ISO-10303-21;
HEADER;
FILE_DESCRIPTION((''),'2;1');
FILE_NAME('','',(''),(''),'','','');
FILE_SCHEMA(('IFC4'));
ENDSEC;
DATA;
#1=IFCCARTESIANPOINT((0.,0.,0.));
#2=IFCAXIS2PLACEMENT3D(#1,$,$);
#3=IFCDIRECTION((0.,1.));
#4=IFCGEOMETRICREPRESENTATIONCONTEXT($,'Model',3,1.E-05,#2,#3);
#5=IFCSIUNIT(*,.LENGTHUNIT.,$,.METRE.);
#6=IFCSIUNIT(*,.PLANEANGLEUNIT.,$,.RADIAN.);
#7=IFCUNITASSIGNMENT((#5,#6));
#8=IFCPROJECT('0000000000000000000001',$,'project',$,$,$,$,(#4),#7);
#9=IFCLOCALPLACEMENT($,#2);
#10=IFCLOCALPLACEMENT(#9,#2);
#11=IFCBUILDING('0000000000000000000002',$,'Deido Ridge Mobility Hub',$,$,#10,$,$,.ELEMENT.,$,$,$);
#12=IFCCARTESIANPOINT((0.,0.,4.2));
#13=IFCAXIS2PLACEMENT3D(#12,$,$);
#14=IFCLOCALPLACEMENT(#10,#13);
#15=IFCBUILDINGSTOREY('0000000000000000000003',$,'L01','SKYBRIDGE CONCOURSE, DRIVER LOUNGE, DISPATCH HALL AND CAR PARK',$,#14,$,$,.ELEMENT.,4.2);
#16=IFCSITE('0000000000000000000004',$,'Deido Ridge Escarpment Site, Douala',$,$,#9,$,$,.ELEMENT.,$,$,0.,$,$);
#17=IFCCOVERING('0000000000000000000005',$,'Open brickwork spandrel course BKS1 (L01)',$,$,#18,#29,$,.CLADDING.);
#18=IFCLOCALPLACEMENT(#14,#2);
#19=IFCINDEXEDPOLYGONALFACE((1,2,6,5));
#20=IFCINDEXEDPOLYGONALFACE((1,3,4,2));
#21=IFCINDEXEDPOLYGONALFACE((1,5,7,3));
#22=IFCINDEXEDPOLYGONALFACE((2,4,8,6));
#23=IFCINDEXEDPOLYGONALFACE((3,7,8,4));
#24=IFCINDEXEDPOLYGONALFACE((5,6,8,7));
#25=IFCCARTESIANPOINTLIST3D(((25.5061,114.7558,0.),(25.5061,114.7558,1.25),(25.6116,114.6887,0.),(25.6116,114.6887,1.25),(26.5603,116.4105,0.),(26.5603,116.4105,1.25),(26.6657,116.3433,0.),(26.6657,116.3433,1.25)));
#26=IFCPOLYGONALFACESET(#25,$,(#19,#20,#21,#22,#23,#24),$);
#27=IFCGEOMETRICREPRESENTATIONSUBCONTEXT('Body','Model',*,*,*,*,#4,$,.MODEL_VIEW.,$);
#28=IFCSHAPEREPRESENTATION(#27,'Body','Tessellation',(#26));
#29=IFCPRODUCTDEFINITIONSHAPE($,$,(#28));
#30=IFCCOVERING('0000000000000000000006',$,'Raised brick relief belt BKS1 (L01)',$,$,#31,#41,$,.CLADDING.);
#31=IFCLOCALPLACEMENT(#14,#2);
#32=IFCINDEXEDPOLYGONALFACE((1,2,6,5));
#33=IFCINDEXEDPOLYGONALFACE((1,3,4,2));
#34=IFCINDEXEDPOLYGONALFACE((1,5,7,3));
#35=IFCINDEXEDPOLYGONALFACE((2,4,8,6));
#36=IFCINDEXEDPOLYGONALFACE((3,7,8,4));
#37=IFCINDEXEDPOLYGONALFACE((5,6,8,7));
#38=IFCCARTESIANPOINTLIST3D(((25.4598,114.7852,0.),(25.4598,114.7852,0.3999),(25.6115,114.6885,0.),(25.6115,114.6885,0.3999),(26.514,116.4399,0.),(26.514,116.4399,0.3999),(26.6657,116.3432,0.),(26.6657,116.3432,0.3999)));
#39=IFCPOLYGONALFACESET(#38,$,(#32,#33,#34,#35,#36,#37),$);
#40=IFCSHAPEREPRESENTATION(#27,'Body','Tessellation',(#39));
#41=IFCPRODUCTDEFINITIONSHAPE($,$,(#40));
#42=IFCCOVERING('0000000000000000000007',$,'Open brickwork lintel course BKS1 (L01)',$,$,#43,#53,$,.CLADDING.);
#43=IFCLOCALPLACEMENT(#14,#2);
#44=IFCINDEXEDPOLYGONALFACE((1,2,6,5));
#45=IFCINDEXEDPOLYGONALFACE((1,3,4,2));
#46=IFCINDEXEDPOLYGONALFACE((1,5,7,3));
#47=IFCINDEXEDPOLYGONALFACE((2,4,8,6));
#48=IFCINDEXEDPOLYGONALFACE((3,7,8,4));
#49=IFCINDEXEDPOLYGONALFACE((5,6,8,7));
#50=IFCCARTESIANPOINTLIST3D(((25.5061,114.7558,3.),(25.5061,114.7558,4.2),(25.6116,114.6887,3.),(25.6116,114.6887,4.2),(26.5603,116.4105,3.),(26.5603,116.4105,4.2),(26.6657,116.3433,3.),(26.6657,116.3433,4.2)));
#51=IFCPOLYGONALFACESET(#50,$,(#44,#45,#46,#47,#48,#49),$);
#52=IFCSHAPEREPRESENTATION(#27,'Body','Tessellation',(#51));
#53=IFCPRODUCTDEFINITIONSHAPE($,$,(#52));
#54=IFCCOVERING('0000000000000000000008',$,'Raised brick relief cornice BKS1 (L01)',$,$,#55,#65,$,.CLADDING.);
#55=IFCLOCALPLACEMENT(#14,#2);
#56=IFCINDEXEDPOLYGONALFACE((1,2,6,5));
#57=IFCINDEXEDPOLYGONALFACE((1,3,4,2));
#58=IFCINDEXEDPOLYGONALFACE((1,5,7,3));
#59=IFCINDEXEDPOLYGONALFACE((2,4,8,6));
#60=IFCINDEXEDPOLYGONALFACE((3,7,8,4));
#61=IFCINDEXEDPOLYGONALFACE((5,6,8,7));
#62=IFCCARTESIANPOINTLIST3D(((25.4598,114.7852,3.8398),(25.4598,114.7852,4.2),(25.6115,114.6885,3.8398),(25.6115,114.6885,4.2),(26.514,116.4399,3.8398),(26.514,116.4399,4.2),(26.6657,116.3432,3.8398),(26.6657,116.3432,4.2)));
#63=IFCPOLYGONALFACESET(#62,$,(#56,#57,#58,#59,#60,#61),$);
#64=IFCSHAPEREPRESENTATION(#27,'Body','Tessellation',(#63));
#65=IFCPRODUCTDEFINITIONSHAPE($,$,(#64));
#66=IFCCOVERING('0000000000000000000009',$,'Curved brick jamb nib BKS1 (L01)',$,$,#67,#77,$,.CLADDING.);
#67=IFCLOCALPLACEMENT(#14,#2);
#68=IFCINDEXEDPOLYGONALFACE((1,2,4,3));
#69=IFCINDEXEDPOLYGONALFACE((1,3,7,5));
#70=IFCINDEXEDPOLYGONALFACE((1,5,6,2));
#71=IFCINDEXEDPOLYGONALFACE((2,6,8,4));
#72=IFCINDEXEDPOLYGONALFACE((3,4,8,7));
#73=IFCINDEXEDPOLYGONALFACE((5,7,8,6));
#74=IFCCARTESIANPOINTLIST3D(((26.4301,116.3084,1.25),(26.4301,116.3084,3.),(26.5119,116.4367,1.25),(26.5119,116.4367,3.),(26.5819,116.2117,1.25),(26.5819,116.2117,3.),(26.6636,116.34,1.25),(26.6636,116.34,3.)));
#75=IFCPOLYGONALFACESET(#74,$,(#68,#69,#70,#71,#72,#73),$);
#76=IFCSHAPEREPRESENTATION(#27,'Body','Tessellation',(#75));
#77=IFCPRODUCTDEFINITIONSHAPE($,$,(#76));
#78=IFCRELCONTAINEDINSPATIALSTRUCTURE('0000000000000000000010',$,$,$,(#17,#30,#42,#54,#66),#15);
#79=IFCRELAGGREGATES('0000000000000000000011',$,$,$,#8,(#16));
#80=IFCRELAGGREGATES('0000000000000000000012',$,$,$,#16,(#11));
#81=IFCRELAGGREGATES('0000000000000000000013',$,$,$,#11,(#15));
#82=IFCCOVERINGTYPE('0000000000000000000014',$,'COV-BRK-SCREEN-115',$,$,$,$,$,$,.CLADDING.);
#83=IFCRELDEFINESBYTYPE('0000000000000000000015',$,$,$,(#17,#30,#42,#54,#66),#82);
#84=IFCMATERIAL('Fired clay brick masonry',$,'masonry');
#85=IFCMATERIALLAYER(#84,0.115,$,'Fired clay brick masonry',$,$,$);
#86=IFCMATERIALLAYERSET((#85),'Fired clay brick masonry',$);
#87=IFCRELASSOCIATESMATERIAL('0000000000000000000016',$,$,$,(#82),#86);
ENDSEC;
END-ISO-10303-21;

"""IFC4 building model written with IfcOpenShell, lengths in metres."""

from ifc_helpers import new_model, si_unit, direction, frame, origin, origin_2d, place, context, subcontext, project, spatial, rectangle, extrude, material, layer, layer_set, type_object, element, save


model = new_model("IFC4")

# Units and contexts
model_context = context("Model", 3, precision=1e-05, world=origin(), true_north=direction((0.0, 1.0)))
body_context = subcontext(model_context, "Body", "Model", "MODEL_VIEW")
ifc_project = project(units=[si_unit("LENGTHUNIT", "METRE"), si_unit("PLANEANGLEUNIT", "RADIAN")], contexts=[model_context])

# Site, building, storey
site_placement = place(None, origin())
site = spatial("IfcSite", under=ifc_project, at=site_placement, Name="Deido Ridge Escarpment Site, Douala", CompositionType="ELEMENT", RefElevation=0.0)
building_placement = place(site_placement, origin())
building = spatial("IfcBuilding", under=site, at=building_placement, Name="Deido Ridge Mobility Hub", CompositionType="ELEMENT")
storey_placement = place(building_placement, frame((0.0, 0.0, 4.2)))
storey = spatial("IfcBuildingStorey", under=building, at=storey_placement, Name="L01", Description="SKYBRIDGE CONCOURSE, DRIVER LOUNGE, DISPATCH HALL AND CAR PARK", CompositionType="ELEMENT", Elevation=4.2)

# Coverings
ifc_material_1 = material(Name="Fired clay brick masonry", Category="masonry")
ifc_layer = layer(ifc_material_1, 0.115, Name="Fired clay brick masonry")
ifc_layer_set = layer_set([ifc_layer], Name="Fired clay brick masonry")
covering_type = type_object("IfcCoveringType", Name="COV-BRK-SCREEN-115", PredefinedType="CLADDING", material=ifc_layer_set)
covering_1_placement = place(storey_placement, frame((26.0859, 115.5496, 0.0), z_axis=(0.0, 0.0, 1.0), x_axis=(-0.537314, -0.843382, 0.0)))
element("IfcCovering", 1, at=covering_1_placement, inside=storey, type_object=covering_type, Name="Open brickwork spandrel course BKS1 (L01)", PredefinedType="CLADDING", context=body_context, shape_type="SweptSolid", body=[
    extrude(rectangle(XDim=1.9619, YDim=0.125, at=origin_2d()), origin(), (0.0, 0.0, 1.0), 1.25),
])
covering_2_placement = place(storey_placement, frame((26.0627, 115.5642, 0.0), z_axis=(0.0, 0.0, 1.0), x_axis=(-0.537314, -0.843382, 0.0)))
element("IfcCovering", 2, at=covering_2_placement, inside=storey, type_object=covering_type, Name="Raised brick relief belt BKS1 (L01)", PredefinedType="CLADDING", context=body_context, shape_type="SweptSolid", body=[
    extrude(rectangle(XDim=1.9619, YDim=0.1799, at=origin_2d()), origin(), (0.0, 0.0, 1.0), 0.3999),
])
covering_3_placement = place(storey_placement, frame((26.0859, 115.5496, 3.0), z_axis=(0.0, 0.0, 1.0), x_axis=(-0.537314, -0.843382, 0.0)))
element("IfcCovering", 3, at=covering_3_placement, inside=storey, type_object=covering_type, Name="Open brickwork lintel course BKS1 (L01)", PredefinedType="CLADDING", context=body_context, shape_type="SweptSolid", body=[
    extrude(rectangle(XDim=1.9619, YDim=0.125, at=origin_2d()), origin(), (0.0, 0.0, 1.0), 1.2),
])
covering_4_placement = place(storey_placement, frame((26.0627, 115.5642, 3.8398), z_axis=(0.0, 0.0, 1.0), x_axis=(-0.537314, -0.843382, 0.0)))
element("IfcCovering", 4, at=covering_4_placement, inside=storey, type_object=covering_type, Name="Raised brick relief cornice BKS1 (L01)", PredefinedType="CLADDING", context=body_context, shape_type="SweptSolid", body=[
    extrude(rectangle(XDim=1.9619, YDim=0.1799, at=origin_2d()), origin(), (0.0, 0.0, 1.0), 0.3601),
])
covering_5_placement = place(storey_placement, frame((26.5469, 116.3242, 1.25), z_axis=(0.0, 0.0, 1.0), x_axis=(-0.537314, -0.843382, 0.0)))
element("IfcCovering", 5, at=covering_5_placement, inside=storey, type_object=covering_type, Name="Curved brick jamb nib BKS1 (L01)", PredefinedType="CLADDING", context=body_context, shape_type="SweptSolid", body=[
    extrude(rectangle(XDim=0.1521, YDim=0.1799, at=origin_2d()), origin(), (0.0, 0.0, 1.0), 1.75),
])

save(model, "model.ifc")
